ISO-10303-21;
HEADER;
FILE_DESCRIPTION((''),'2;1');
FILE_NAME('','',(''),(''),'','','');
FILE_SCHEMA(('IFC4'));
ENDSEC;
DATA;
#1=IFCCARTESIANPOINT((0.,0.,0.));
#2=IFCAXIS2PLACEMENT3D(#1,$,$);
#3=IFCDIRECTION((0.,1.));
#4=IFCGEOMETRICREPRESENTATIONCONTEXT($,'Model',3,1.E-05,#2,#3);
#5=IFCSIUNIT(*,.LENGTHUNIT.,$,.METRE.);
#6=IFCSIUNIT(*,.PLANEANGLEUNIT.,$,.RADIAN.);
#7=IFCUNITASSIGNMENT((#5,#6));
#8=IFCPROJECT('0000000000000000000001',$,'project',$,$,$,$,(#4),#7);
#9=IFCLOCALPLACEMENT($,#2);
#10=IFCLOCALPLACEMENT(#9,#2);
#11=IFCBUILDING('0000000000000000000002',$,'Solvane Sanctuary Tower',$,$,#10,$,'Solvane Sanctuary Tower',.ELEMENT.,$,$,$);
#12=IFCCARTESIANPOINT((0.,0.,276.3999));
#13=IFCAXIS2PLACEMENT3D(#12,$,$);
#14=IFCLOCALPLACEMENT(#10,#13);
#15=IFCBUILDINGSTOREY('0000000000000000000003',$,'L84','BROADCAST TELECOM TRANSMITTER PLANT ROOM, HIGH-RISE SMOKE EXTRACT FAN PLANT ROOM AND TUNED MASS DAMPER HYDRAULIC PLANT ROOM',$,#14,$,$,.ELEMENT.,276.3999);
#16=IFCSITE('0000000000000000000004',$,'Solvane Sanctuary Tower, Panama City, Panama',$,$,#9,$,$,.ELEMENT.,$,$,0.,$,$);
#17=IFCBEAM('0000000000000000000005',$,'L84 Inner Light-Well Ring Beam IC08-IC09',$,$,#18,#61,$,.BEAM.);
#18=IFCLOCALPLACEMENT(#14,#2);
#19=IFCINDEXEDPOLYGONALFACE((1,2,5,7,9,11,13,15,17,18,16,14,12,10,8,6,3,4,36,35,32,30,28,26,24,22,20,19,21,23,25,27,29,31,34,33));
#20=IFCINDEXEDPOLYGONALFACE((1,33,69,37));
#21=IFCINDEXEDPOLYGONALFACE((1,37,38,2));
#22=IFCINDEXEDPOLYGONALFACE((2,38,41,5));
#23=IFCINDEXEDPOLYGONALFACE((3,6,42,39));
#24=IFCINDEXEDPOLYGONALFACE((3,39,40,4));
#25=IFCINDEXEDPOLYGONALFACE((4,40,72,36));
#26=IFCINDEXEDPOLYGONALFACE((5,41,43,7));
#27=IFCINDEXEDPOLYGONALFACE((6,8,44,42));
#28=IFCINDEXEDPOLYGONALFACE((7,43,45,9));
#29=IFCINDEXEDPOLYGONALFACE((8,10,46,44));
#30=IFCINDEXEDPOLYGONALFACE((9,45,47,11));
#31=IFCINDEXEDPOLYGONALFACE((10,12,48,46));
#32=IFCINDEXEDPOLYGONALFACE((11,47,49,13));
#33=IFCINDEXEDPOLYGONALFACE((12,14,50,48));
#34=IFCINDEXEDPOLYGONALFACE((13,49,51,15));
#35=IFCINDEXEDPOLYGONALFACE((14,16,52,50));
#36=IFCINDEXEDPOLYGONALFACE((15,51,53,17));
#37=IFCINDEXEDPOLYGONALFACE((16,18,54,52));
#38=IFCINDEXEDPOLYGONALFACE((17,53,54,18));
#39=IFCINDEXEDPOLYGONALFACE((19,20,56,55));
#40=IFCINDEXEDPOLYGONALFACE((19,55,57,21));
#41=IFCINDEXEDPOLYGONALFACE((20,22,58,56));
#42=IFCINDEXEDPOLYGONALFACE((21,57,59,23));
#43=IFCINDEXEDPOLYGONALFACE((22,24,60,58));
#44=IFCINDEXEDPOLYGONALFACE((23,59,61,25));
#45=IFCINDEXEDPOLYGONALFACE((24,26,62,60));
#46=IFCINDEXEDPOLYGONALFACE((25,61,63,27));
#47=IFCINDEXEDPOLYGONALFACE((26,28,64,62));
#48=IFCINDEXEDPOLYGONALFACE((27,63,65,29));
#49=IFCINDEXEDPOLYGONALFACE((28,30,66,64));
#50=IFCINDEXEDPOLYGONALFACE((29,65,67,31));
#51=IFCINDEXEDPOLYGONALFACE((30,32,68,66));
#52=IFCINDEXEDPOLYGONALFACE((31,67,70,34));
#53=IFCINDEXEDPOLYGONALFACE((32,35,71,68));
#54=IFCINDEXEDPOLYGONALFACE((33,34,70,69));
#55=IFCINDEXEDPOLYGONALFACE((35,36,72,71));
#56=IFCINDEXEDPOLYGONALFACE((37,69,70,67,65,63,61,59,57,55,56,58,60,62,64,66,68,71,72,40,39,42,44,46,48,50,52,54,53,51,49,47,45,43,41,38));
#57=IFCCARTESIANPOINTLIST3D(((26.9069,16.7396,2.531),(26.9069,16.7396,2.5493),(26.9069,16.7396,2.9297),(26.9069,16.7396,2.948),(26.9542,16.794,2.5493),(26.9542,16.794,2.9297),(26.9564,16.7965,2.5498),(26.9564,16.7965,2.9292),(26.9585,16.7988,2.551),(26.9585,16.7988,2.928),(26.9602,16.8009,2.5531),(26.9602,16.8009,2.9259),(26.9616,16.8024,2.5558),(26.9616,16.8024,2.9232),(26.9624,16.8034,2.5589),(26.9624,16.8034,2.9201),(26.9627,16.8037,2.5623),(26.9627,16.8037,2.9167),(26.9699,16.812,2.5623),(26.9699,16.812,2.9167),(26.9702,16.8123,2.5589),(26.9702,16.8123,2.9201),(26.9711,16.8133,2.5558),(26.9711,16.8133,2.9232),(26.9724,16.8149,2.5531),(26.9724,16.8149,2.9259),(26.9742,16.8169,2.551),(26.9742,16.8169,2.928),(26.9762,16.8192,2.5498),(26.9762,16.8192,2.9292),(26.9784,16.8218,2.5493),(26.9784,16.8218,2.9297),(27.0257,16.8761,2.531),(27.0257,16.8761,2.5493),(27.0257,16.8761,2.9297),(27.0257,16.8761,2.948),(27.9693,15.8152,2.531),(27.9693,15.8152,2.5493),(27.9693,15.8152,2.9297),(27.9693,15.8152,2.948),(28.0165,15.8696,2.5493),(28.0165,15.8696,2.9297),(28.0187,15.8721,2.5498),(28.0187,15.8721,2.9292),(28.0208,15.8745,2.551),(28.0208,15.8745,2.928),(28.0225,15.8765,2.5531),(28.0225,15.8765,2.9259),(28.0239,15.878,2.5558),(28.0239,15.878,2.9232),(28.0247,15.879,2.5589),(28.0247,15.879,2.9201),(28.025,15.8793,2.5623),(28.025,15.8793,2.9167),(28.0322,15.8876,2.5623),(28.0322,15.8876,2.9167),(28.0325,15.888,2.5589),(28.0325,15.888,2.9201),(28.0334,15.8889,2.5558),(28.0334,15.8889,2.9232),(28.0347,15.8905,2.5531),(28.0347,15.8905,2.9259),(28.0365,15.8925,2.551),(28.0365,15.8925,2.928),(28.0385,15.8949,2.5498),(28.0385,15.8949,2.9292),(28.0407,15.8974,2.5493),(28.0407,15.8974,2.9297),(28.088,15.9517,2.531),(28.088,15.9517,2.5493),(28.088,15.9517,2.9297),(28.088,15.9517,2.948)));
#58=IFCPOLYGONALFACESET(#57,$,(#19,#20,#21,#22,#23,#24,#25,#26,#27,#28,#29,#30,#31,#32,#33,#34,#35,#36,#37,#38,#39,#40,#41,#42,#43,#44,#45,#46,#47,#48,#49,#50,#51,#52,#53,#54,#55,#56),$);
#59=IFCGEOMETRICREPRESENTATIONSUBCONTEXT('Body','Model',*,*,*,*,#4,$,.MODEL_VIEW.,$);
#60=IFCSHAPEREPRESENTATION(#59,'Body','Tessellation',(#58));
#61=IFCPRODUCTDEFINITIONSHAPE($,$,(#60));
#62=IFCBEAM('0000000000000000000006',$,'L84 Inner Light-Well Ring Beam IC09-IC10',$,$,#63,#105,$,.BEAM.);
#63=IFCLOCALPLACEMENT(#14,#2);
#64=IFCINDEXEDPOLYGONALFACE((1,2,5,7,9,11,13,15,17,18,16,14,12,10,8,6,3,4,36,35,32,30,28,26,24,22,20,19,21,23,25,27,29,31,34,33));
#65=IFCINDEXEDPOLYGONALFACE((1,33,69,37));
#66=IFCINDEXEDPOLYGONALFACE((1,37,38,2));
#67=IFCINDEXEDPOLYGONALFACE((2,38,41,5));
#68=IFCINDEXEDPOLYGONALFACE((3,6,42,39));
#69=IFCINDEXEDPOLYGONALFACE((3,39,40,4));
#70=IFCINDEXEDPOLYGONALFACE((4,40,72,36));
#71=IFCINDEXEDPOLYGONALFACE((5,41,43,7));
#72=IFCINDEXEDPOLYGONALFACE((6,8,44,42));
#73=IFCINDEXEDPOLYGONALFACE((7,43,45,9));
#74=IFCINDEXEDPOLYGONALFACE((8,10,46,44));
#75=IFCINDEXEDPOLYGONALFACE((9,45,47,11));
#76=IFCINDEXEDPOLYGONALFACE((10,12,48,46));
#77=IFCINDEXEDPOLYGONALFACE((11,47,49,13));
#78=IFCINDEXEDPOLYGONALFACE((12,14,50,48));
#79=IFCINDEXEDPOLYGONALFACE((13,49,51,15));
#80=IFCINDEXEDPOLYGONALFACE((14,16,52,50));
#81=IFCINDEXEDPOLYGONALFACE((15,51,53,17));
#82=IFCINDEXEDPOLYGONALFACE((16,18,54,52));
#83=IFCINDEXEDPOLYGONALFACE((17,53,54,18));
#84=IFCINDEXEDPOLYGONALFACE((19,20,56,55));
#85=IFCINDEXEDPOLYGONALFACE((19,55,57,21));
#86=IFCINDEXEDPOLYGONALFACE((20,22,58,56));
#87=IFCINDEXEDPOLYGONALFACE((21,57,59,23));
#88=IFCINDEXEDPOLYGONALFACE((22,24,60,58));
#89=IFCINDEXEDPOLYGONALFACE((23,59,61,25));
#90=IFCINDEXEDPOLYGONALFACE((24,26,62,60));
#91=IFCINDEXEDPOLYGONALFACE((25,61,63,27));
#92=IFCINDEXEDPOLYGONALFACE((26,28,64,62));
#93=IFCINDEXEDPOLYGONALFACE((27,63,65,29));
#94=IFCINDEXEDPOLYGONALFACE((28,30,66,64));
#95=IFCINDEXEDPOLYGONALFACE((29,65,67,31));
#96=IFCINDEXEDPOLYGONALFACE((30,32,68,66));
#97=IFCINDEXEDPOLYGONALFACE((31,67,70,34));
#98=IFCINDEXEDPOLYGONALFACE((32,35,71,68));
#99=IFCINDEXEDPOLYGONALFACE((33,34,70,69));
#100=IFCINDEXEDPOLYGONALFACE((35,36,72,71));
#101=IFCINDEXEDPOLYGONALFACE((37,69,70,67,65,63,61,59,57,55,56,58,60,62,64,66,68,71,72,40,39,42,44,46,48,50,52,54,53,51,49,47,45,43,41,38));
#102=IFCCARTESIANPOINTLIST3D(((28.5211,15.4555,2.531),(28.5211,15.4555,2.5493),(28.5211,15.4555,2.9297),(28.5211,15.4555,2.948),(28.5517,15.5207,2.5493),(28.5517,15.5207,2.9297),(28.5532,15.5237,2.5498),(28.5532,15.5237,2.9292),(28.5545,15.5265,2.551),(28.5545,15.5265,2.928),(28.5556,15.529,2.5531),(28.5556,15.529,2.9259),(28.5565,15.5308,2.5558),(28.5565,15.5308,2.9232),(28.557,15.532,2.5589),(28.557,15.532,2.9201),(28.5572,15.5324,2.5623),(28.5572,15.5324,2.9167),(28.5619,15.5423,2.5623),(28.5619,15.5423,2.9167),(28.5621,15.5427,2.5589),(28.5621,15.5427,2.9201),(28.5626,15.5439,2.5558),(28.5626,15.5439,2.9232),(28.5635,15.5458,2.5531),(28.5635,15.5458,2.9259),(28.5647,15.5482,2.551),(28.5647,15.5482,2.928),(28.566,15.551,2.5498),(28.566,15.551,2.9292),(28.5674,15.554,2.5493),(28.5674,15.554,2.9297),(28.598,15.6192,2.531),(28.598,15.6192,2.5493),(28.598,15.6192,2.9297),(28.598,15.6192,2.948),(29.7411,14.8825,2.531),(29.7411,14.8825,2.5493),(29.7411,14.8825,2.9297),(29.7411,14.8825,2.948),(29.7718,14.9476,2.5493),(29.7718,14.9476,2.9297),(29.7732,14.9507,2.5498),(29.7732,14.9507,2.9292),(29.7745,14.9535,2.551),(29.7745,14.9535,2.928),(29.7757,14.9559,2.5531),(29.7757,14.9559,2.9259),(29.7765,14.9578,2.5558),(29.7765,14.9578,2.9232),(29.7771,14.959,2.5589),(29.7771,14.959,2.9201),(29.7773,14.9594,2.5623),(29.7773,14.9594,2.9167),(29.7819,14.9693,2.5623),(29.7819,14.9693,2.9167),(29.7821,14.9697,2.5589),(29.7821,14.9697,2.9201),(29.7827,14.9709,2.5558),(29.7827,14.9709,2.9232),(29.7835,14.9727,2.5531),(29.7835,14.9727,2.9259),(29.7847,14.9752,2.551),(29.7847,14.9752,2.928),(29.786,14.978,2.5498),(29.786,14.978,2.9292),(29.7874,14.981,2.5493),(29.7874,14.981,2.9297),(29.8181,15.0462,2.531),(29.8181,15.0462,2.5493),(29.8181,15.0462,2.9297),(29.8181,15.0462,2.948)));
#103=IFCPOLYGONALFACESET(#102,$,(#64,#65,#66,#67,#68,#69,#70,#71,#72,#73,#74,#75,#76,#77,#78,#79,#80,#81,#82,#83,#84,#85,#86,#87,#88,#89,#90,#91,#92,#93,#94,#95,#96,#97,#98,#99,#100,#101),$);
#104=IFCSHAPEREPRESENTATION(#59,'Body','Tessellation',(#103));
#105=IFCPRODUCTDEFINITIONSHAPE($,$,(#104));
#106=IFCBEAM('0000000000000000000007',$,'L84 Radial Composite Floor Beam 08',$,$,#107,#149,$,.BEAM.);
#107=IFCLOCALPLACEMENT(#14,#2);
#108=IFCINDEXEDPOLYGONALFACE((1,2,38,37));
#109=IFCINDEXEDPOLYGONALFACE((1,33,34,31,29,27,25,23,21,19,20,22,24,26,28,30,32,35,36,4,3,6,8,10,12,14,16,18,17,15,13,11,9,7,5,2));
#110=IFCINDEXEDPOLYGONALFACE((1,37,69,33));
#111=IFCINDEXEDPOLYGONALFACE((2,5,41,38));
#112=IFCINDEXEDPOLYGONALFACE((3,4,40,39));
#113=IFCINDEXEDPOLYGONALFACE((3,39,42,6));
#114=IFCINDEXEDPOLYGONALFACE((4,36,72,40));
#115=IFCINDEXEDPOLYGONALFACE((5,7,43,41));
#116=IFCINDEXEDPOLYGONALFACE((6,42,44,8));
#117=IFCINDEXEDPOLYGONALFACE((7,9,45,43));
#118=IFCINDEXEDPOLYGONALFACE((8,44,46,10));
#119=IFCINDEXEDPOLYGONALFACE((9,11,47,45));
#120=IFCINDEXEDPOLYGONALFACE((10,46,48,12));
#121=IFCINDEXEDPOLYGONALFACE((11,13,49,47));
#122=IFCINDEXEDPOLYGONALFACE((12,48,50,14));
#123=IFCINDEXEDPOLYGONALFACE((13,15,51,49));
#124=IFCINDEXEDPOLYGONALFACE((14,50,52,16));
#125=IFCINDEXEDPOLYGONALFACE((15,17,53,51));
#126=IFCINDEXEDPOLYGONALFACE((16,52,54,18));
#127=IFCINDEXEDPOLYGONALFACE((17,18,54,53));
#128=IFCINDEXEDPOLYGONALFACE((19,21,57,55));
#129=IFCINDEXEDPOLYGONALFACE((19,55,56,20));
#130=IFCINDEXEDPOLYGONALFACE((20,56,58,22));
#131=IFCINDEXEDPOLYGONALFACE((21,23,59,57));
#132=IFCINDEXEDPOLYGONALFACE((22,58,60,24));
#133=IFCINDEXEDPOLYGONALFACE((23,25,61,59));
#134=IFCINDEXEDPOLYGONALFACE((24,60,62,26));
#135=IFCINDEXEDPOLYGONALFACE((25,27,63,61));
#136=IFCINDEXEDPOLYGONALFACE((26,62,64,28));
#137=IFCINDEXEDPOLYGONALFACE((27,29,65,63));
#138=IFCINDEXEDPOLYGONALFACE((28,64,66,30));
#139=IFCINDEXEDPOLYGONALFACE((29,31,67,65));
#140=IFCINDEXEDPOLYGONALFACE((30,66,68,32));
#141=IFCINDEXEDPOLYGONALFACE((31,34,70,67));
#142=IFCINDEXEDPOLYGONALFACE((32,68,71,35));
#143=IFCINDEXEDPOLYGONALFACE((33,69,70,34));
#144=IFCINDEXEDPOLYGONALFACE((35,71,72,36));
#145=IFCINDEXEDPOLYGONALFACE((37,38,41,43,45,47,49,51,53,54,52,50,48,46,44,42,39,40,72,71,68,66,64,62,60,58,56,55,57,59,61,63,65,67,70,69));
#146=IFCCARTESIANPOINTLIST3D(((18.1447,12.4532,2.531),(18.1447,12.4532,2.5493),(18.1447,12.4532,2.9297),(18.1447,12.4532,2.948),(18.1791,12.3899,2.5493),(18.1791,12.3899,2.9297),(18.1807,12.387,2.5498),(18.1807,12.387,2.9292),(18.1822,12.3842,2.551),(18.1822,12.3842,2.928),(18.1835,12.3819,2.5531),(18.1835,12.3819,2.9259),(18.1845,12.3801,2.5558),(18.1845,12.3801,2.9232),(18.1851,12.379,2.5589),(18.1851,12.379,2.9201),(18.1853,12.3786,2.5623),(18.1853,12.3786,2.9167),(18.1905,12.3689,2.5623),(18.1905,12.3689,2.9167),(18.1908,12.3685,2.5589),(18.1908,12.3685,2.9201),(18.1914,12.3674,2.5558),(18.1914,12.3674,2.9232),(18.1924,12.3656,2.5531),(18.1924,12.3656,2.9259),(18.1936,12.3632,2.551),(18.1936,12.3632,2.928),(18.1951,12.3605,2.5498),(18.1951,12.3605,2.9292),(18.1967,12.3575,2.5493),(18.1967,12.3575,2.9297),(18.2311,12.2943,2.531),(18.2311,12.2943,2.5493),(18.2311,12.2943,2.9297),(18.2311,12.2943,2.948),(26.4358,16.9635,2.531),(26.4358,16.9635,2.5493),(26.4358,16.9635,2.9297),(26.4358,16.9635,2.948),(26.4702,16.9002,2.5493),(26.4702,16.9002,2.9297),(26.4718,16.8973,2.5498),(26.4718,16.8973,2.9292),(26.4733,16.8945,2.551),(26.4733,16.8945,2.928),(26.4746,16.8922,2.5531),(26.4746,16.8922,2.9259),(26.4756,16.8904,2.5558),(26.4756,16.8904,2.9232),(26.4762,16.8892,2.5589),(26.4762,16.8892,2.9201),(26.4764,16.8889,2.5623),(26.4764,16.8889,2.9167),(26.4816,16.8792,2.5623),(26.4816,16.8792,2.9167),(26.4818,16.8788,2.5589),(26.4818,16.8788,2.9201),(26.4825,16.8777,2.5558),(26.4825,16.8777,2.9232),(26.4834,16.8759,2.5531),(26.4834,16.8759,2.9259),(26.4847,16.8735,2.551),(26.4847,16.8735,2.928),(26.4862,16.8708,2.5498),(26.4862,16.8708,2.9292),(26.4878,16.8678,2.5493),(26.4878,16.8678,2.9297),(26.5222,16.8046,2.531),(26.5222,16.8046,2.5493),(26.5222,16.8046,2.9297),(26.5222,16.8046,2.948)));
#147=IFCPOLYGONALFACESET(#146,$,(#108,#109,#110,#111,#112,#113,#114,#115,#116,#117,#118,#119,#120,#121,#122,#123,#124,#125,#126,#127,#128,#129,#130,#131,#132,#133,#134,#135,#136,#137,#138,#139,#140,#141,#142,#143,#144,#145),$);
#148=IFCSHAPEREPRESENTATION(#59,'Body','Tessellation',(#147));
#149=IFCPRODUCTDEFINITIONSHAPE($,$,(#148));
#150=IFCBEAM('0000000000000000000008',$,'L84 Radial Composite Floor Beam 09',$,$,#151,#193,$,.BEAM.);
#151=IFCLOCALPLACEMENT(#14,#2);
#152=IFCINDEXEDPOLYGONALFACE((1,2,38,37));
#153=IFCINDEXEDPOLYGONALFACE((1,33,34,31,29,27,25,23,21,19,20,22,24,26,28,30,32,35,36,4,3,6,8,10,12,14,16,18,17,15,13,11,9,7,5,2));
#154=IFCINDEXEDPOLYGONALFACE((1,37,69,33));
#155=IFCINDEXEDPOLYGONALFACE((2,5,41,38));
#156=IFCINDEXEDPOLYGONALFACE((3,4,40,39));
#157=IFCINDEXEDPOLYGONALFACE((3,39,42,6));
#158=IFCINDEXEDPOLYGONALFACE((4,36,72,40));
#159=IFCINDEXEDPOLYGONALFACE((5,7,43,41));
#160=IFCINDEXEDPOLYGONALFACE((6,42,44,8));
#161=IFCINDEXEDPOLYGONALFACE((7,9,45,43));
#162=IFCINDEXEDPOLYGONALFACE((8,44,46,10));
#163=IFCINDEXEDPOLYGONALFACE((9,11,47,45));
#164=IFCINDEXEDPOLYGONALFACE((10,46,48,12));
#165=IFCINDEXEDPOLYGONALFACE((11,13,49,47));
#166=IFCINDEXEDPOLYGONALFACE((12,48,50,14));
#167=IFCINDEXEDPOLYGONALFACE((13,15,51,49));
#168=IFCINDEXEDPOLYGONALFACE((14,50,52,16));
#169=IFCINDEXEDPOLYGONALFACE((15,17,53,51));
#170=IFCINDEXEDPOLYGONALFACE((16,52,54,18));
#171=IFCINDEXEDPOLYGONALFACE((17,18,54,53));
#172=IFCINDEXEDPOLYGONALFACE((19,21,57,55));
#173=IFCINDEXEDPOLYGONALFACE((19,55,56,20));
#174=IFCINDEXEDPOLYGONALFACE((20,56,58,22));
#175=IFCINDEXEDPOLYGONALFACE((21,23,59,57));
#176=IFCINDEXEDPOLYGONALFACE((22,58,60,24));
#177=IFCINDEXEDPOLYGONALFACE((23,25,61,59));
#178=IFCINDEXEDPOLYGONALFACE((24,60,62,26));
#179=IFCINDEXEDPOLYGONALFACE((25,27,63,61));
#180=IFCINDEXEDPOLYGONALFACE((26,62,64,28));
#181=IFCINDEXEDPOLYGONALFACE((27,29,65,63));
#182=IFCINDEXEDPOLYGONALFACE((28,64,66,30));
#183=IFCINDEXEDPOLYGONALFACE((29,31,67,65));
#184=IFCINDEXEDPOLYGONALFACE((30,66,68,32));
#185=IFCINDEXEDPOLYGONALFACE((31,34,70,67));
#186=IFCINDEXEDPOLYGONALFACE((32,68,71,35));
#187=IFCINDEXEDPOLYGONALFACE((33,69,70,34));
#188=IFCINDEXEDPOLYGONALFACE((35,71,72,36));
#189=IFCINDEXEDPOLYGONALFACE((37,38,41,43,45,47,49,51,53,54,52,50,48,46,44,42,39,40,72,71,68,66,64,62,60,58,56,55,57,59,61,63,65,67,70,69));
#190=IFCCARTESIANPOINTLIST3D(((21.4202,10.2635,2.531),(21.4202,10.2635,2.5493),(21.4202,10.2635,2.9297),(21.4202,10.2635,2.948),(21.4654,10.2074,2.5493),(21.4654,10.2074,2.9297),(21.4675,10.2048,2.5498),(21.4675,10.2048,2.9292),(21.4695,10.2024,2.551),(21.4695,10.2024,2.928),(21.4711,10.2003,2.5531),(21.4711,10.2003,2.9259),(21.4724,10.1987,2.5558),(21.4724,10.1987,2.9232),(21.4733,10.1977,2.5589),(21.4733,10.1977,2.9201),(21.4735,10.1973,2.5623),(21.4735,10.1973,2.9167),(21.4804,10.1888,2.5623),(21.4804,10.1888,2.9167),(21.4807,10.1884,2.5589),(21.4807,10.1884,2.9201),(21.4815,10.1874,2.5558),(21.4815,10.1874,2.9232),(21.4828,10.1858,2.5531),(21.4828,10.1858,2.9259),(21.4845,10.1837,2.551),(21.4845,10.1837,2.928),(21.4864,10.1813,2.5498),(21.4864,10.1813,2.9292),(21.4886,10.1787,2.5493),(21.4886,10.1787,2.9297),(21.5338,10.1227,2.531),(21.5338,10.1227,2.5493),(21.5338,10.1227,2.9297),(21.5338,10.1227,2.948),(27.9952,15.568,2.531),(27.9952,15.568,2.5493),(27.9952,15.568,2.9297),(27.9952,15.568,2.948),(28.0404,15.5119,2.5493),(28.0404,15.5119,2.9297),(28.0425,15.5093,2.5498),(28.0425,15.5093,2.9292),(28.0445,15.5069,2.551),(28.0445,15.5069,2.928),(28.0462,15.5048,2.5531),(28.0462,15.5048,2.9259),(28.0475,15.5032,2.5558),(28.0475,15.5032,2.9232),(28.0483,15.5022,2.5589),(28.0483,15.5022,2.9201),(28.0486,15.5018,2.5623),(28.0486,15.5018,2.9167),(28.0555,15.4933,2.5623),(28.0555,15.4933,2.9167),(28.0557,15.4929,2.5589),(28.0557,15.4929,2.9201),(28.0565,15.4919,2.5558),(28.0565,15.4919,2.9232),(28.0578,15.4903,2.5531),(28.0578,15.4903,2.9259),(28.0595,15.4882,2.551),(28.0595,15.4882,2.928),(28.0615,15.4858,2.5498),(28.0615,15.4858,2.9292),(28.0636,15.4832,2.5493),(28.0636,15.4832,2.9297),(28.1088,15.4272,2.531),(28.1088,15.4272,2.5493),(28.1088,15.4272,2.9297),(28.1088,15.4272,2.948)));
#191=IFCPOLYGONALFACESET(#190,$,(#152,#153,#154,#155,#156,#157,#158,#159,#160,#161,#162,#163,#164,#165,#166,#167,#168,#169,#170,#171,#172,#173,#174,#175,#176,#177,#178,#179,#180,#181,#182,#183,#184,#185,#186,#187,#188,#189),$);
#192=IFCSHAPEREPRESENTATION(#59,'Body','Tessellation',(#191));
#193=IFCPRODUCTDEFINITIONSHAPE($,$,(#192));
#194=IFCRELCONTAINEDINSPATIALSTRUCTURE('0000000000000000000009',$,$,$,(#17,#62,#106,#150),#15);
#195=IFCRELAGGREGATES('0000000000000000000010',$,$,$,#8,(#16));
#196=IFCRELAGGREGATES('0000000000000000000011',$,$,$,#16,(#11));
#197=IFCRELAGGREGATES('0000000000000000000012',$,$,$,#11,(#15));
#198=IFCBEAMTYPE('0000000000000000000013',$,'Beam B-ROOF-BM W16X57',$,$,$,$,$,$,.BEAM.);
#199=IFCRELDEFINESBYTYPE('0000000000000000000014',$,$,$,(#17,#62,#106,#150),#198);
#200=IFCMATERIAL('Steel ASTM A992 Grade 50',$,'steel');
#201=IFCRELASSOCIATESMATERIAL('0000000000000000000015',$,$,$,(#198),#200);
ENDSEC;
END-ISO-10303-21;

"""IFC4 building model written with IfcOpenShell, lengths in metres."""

from ifc_helpers import new_model, si_unit, direction, frame, origin, origin_2d, place, context, subcontext, project, spatial, i_section, extrude, material, material_profile, profile_set, type_object, element, save


model = new_model("IFC4")

# Units and contexts
model_context = context("Model", 3, precision=1e-05, world=origin(), true_north=direction((0.0, 1.0)))
body_context = subcontext(model_context, "Body", "Model", "MODEL_VIEW")
ifc_project = project(units=[si_unit("LENGTHUNIT", "METRE"), si_unit("PLANEANGLEUNIT", "RADIAN")], contexts=[model_context])

# Site, building, storey
site_placement = place(None, origin())
site = spatial("IfcSite", under=ifc_project, at=site_placement, Name="Solvane Sanctuary Tower, Panama City, Panama", CompositionType="ELEMENT", RefElevation=0.0)
building_placement = place(site_placement, origin())
building = spatial("IfcBuilding", under=site, at=building_placement, Name="Solvane Sanctuary Tower", LongName="Solvane Sanctuary Tower", CompositionType="ELEMENT")
storey_placement = place(building_placement, frame((0.0, 0.0, 276.3999)))
storey = spatial("IfcBuildingStorey", under=building, at=storey_placement, Name="L84", Description="BROADCAST TELECOM TRANSMITTER PLANT ROOM, HIGH-RISE SMOKE EXTRACT FAN PLANT ROOM AND TUNED MASS DAMPER HYDRAULIC PLANT ROOM", CompositionType="ELEMENT", Elevation=276.3999)

# Beams
ifc_material_1 = material(Name="Steel ASTM A992 Grade 50", Category="steel")
ifc_material_profile_1 = material_profile(ifc_material_1, i_section(OverallWidth=0.1809, OverallDepth=0.417, WebThickness=0.011, FlangeThickness=0.0183, FilletRadius=0.0129, at=origin_2d()), Name="W16X57")
ifc_profile_set_1 = profile_set([ifc_material_profile_1], Name="Steel ASTM A992 Grade 50")
beam_type_1 = type_object("IfcBeamType", Name="Beam B-ROOF-BM W16X57", PredefinedType="BEAM", material=ifc_profile_set_1)
beam_1_placement = place(storey_placement, frame((26.9663, 16.8079, 2.7395), z_axis=(0.754389, -0.656428, 0.0), x_axis=(0.656428, 0.754389, 0.0)))
element("IfcBeam", 1, at=beam_1_placement, inside=storey, type_object=beam_type_1, Name="L84 Inner Light-Well Ring Beam IC08-IC09", PredefinedType="BEAM", context=body_context, shape_type="SweptSolid", body=[
    extrude(i_section(OverallWidth=0.1809, OverallDepth=0.417, WebThickness=0.011, FlangeThickness=0.0183, FilletRadius=0.0129, at=origin_2d()), origin(), (0.0, 0.0, 1.0), 1.4082),
])
beam_2_placement = place(storey_placement, frame((28.5596, 15.5374, 2.7395), z_axis=(0.905135, -0.425125, 0.0), x_axis=(0.425125, 0.905135, 0.0)))
element("IfcBeam", 2, at=beam_2_placement, inside=storey, type_object=beam_type_1, Name="L84 Inner Light-Well Ring Beam IC09-IC10", PredefinedType="BEAM", context=body_context, shape_type="SweptSolid", body=[
    extrude(i_section(OverallWidth=0.1809, OverallDepth=0.417, WebThickness=0.011, FlangeThickness=0.0183, FilletRadius=0.0129, at=origin_2d()), origin(), (0.0, 0.0, 1.0), 1.3479),
])
beam_3_placement = place(storey_placement, frame((26.479, 16.884, 2.7395), z_axis=(-0.878435, -0.477862, 0.0), x_axis=(0.477862, -0.878435, 0.0)))
element("IfcBeam", 3, at=beam_3_placement, inside=storey, type_object=beam_type_1, Name="L84 Radial Composite Floor Beam 08", PredefinedType="BEAM", context=body_context, shape_type="SweptSolid", body=[
    extrude(i_section(OverallWidth=0.1809, OverallDepth=0.417, WebThickness=0.011, FlangeThickness=0.0183, FilletRadius=0.0129, at=origin_2d()), origin(), (0.0, 0.0, 1.0), 9.4385),
])
beam_4_placement = place(storey_placement, frame((28.052, 15.4976, 2.7395), z_axis=(-0.778294, -0.6279, 0.0), x_axis=(0.6279, -0.778294, 0.0)))
element("IfcBeam", 4, at=beam_4_placement, inside=storey, type_object=beam_type_1, Name="L84 Radial Composite Floor Beam 09", PredefinedType="BEAM", context=body_context, shape_type="SweptSolid", body=[
    extrude(i_section(OverallWidth=0.1809, OverallDepth=0.417, WebThickness=0.011, FlangeThickness=0.0183, FilletRadius=0.0129, at=origin_2d()), origin(), (0.0, 0.0, 1.0), 8.448),
])

save(model, "model.ifc")
